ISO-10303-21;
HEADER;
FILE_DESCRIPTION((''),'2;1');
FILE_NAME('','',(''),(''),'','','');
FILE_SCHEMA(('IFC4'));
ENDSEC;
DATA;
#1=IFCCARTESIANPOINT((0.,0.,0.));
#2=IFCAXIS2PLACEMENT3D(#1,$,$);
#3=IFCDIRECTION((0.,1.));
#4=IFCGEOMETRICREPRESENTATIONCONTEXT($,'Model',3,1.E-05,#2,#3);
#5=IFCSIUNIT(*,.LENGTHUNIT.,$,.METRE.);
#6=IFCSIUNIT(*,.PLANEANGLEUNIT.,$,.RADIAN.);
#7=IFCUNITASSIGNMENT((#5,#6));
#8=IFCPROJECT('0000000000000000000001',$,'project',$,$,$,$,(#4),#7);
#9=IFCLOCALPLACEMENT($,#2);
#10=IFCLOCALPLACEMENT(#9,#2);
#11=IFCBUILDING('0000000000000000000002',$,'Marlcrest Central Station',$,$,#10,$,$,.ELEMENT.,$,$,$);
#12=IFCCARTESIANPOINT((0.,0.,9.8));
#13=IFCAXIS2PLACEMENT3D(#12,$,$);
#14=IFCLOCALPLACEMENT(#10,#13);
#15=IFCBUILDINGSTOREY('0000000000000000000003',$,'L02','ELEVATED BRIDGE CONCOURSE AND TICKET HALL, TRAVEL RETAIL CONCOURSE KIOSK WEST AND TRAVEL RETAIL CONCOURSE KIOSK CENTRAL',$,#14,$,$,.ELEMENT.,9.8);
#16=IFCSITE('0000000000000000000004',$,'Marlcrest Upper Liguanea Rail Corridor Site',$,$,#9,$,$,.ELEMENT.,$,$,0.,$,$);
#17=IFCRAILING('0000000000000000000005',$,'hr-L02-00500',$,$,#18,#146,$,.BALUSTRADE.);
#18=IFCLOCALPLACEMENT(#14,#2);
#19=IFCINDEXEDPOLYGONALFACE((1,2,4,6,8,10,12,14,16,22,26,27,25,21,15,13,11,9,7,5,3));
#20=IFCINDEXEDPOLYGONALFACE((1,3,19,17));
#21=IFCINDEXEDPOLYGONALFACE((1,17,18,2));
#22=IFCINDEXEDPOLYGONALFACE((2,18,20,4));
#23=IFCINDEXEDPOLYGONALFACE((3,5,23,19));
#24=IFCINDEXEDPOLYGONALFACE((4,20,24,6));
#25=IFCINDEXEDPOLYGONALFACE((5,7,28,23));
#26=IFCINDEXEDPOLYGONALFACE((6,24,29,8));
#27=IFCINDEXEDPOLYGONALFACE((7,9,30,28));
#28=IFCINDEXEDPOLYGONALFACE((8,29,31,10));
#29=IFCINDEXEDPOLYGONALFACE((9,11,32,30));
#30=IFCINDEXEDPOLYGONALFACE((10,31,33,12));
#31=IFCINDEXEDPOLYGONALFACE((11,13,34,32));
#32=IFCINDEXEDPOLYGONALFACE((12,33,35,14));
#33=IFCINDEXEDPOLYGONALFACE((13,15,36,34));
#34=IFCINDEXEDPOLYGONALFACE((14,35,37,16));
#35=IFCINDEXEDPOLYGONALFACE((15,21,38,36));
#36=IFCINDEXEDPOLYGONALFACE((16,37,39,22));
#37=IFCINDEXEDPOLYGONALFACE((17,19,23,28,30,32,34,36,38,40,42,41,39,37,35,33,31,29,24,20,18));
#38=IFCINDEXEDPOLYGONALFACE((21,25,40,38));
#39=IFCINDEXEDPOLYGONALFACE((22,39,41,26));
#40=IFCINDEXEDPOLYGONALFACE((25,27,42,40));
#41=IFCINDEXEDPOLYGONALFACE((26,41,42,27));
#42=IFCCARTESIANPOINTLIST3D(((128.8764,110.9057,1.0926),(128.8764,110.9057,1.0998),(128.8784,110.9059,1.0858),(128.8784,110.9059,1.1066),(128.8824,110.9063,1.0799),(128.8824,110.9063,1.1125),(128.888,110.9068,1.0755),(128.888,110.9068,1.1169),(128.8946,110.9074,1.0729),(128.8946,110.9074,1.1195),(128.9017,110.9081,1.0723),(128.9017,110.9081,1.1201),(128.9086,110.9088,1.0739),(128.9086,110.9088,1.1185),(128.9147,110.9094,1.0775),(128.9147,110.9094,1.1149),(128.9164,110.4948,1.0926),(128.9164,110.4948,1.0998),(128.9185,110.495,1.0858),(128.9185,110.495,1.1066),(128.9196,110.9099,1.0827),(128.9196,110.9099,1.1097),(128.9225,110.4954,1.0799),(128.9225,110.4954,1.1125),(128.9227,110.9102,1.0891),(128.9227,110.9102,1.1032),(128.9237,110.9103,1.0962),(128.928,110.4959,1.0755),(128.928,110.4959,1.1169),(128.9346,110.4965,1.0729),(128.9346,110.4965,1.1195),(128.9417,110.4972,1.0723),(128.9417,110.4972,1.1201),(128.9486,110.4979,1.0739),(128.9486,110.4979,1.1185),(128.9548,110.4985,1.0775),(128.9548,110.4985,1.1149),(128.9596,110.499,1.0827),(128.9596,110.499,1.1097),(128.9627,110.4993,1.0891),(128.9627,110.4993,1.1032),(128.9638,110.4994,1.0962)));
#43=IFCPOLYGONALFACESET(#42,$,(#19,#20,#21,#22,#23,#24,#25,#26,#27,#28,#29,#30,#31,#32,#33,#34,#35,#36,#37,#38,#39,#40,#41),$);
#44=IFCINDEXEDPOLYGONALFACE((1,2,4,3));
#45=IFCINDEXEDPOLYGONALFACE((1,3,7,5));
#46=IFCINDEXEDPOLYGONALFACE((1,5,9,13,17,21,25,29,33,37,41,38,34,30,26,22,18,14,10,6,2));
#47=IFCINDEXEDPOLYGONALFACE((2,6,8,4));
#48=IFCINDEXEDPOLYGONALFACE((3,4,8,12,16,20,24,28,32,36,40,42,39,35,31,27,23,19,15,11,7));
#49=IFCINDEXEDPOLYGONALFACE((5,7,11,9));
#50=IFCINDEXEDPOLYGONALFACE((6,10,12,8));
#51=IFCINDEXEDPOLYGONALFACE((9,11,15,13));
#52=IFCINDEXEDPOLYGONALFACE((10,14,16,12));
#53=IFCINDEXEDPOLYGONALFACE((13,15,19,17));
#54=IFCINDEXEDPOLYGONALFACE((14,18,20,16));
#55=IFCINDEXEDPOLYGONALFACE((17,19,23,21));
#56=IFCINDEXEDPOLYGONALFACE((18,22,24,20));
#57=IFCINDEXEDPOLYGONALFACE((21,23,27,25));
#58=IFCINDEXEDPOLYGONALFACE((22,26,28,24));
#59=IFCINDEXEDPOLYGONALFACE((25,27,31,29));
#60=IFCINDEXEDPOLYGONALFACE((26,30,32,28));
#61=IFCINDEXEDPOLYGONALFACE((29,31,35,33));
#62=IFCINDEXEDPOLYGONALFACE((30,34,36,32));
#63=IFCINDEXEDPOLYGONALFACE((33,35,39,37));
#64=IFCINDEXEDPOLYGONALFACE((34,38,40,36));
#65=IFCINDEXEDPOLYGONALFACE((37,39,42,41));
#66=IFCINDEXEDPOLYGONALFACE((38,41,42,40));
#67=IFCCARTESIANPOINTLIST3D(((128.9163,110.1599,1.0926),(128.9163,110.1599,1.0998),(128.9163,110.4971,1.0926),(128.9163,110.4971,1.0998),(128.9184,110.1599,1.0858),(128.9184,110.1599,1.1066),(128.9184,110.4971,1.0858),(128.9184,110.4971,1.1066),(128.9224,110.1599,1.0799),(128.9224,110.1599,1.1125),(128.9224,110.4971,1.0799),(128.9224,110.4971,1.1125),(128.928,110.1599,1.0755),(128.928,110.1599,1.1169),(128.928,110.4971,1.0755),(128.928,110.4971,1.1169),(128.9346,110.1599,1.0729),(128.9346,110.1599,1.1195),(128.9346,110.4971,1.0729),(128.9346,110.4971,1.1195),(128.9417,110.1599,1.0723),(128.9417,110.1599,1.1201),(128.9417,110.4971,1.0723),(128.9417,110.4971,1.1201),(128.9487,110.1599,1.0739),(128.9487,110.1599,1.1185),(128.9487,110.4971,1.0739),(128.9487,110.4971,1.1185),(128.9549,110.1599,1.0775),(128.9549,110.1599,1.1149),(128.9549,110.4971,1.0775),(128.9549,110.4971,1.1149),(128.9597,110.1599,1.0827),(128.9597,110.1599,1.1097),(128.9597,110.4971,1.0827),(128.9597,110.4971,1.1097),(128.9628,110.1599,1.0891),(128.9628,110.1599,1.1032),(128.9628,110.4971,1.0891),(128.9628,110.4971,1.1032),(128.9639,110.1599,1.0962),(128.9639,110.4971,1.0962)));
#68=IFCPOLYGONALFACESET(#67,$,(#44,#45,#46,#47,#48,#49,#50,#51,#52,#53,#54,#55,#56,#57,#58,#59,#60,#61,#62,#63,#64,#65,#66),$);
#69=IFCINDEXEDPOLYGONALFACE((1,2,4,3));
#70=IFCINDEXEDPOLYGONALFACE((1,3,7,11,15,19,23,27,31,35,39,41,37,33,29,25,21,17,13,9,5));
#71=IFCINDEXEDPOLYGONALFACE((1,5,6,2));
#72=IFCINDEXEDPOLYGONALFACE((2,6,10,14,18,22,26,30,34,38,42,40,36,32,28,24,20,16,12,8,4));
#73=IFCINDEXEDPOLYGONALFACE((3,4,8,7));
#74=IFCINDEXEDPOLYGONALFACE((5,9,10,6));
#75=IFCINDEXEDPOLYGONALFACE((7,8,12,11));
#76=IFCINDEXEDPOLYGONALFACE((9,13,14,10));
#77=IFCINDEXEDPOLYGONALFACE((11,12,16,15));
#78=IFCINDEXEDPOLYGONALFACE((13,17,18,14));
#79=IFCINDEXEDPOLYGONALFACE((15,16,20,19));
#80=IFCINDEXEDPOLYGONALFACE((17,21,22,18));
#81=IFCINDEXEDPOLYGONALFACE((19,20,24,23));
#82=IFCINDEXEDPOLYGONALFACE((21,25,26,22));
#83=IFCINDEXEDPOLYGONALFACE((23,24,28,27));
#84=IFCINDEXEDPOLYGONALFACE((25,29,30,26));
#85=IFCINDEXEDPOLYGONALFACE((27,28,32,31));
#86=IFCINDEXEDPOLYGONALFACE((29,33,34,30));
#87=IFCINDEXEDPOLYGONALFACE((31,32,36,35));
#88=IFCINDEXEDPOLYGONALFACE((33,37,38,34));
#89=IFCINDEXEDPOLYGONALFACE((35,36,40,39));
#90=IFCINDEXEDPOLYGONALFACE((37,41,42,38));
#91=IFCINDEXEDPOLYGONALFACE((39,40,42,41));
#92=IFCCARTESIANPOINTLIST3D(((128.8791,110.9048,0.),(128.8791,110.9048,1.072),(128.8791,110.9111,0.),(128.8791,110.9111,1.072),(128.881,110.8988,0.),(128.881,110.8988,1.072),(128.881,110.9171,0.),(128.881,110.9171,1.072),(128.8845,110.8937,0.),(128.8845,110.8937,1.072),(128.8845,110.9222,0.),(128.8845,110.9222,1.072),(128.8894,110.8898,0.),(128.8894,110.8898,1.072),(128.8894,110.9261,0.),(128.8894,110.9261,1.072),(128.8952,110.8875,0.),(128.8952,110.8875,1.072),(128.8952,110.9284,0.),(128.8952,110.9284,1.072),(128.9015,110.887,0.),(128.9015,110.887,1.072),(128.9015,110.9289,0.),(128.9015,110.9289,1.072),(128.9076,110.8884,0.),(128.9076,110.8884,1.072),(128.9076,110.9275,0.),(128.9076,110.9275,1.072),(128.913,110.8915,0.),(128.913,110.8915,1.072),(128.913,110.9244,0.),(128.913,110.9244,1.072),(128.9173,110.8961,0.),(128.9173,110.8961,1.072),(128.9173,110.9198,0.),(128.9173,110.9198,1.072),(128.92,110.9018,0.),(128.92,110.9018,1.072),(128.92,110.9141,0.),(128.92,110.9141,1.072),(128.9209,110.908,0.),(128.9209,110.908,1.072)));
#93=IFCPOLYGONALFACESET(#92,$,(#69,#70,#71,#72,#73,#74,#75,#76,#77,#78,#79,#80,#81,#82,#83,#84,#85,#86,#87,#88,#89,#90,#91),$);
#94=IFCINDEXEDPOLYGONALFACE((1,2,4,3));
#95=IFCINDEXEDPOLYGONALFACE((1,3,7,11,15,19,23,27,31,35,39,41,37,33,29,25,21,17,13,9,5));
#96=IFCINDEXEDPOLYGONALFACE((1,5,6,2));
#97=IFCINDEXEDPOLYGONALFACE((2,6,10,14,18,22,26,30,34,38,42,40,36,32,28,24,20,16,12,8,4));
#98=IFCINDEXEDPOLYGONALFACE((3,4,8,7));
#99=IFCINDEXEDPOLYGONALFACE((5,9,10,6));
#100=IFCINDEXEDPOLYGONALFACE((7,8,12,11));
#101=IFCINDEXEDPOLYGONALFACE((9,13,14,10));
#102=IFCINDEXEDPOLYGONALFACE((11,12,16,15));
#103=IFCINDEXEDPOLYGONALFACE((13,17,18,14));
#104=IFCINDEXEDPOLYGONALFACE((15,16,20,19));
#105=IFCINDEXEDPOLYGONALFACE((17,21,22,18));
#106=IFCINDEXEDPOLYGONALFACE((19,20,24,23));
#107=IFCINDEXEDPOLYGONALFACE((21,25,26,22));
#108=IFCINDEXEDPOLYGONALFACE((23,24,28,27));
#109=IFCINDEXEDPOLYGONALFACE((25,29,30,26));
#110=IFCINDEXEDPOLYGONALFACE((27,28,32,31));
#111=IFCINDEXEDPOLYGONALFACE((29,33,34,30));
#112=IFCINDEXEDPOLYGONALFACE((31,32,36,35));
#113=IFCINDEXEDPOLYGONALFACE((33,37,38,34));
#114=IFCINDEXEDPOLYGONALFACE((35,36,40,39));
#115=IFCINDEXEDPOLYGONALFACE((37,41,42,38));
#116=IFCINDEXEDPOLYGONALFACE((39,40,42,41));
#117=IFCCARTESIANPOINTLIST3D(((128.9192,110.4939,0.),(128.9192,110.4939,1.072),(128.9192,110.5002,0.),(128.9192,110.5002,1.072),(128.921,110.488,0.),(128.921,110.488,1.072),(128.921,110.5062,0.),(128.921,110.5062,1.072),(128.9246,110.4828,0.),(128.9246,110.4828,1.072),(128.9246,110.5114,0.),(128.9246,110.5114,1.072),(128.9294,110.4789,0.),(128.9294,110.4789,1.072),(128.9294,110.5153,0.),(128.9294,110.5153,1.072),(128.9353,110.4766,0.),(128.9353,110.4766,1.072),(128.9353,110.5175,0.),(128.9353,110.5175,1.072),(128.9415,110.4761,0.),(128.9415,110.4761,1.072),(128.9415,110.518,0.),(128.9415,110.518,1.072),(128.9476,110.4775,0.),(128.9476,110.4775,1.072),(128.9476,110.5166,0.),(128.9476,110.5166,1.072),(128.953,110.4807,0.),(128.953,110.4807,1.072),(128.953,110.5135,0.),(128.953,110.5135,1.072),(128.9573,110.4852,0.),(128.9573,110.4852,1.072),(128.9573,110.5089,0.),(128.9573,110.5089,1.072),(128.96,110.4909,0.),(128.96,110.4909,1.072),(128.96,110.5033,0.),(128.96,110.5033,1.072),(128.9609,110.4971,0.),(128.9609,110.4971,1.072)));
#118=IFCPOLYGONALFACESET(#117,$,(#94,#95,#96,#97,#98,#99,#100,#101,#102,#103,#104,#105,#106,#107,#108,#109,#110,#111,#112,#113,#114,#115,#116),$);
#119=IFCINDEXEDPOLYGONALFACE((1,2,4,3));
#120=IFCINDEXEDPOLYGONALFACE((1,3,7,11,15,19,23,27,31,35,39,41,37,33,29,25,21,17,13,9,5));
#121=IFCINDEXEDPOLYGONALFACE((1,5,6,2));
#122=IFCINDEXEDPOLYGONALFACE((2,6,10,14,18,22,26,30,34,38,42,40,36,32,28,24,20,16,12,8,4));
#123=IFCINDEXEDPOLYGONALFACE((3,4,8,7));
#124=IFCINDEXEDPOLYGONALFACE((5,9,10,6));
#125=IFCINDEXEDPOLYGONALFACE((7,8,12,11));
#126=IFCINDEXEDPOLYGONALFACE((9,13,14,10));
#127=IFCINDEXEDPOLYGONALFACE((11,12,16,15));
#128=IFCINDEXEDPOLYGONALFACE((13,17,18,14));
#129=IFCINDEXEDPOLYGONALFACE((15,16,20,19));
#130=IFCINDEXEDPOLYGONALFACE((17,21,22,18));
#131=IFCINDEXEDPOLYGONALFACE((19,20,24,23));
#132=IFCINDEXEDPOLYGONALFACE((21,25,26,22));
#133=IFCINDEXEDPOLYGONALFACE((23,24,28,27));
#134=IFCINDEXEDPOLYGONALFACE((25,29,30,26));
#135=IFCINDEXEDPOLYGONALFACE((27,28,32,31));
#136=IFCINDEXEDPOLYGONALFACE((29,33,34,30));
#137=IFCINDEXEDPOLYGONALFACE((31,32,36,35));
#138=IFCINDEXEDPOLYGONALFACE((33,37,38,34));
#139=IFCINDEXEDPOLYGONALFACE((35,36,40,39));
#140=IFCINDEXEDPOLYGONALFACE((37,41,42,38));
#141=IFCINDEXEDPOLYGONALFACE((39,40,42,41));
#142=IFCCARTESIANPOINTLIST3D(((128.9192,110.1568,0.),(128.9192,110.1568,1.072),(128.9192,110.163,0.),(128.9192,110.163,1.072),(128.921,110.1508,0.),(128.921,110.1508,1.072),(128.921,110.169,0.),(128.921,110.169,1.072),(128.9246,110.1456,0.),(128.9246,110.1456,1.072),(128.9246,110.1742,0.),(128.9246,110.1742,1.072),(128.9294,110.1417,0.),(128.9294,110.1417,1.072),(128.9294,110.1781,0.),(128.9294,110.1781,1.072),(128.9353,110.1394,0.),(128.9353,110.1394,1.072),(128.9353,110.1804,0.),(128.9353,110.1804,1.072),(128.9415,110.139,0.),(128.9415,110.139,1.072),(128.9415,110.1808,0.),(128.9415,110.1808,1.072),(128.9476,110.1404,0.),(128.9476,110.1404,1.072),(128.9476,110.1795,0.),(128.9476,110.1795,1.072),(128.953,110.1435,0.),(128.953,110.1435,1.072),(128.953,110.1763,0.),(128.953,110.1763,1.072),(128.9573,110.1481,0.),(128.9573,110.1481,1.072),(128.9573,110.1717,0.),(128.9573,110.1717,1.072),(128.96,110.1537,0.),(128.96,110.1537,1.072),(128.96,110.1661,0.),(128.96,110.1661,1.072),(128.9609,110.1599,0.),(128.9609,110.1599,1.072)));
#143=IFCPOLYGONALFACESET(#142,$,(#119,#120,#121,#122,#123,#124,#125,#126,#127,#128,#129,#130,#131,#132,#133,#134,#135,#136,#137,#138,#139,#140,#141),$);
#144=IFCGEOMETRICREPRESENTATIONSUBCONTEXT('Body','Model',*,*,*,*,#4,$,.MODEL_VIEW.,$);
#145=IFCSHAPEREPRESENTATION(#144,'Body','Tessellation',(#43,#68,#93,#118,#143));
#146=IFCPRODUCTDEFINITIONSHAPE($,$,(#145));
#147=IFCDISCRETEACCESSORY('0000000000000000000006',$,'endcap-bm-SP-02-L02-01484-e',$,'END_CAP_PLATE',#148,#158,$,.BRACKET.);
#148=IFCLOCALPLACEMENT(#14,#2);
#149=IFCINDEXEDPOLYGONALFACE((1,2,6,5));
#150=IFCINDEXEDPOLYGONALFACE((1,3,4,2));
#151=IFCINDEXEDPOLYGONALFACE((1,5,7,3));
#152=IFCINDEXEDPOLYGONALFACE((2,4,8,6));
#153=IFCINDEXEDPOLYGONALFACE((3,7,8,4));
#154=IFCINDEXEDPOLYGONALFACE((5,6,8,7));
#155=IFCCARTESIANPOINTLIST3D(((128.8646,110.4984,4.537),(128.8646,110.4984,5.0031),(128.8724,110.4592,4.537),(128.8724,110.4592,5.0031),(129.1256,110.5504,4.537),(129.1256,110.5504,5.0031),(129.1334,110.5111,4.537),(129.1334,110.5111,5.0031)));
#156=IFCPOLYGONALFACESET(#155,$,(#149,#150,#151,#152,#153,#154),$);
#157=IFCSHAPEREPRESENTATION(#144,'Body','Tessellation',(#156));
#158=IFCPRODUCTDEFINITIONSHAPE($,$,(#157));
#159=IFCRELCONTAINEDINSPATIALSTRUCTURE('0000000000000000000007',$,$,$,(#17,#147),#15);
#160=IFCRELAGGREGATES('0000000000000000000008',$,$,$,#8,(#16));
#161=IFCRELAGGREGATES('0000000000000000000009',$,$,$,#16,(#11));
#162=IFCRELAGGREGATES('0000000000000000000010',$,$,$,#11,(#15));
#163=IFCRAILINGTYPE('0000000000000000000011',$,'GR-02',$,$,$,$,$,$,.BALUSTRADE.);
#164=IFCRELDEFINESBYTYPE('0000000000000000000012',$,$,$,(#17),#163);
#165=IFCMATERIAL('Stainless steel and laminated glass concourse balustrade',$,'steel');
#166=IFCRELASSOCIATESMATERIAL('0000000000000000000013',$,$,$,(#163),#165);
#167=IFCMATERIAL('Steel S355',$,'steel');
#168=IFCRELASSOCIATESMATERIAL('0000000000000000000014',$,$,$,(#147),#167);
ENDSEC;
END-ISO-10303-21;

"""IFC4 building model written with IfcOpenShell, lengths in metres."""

from ifc_helpers import new_model, si_unit, direction, frame, origin, origin_2d, place, context, subcontext, project, spatial, rectangle, circle, extrude, material, type_object, element, save


model = new_model("IFC4")

# Units and contexts
model_context = context("Model", 3, precision=1e-05, world=origin(), true_north=direction((0.0, 1.0)))
body_context = subcontext(model_context, "Body", "Model", "MODEL_VIEW")
ifc_project = project(units=[si_unit("LENGTHUNIT", "METRE"), si_unit("PLANEANGLEUNIT", "RADIAN")], contexts=[model_context])

# Site, building, storey
site_placement = place(None, origin())
site = spatial("IfcSite", under=ifc_project, at=site_placement, Name="Marlcrest Upper Liguanea Rail Corridor Site", CompositionType="ELEMENT", RefElevation=0.0)
building_placement = place(site_placement, origin())
building = spatial("IfcBuilding", under=site, at=building_placement, Name="Marlcrest Central Station", CompositionType="ELEMENT")
storey_placement = place(building_placement, frame((0.0, 0.0, 9.8)))
storey = spatial("IfcBuildingStorey", under=building, at=storey_placement, Name="L02", Description="ELEVATED BRIDGE CONCOURSE AND TICKET HALL, TRAVEL RETAIL CONCOURSE KIOSK WEST AND TRAVEL RETAIL CONCOURSE KIOSK CENTRAL", CompositionType="ELEMENT", Elevation=9.8)

# Shared definitions
ifc_material_1 = material(Name="Steel S355", Category="steel")

# Railing
ifc_material_2 = material(Name="Stainless steel and laminated glass concourse balustrade", Category="steel")
railing_type = type_object("IfcRailingType", Name="GR-02", PredefinedType="BALUSTRADE", material=ifc_material_2)
railing_1_placement = place(storey_placement, frame((128.8999, 110.908, 0.0)))
element("IfcRailing", 1, at=railing_1_placement, inside=storey, type_object=railing_type, Name="hr-L02-00500", PredefinedType="BALUSTRADE", context=body_context, shape_type="SweptSolid", body=[
    extrude(circle(Radius=0.0239, at=origin_2d()), frame((0.0, 0.0, 1.0962), z_axis=(0.096986, -0.995286, 0.0), x_axis=(0.995286, 0.096986, 0.0)), (0.0, 0.0, 1.0), 0.4128),
    extrude(circle(Radius=0.0239, at=origin_2d()), frame((0.04, -0.4109, 1.0962), z_axis=(0.0, -1.0, 0.0), x_axis=(1.0, 0.0, 0.0)), (0.0, 0.0, 1.0), 0.3372),
    extrude(circle(Radius=0.021, at=origin_2d()), origin(), (0.0, 0.0, 1.0), 1.072),
    extrude(circle(Radius=0.021, at=origin_2d()), frame((0.04, -0.4109, 0.0)), (0.0, 0.0, 1.0), 1.072),
    extrude(circle(Radius=0.021, at=origin_2d()), frame((0.04, -0.748, 0.0)), (0.0, 0.0, 1.0), 1.072),
])

# Discrete accessory
discrete_accessory_placement = place(storey_placement, frame((128.9951, 110.5244, 4.77), z_axis=(0.195171, -0.980769, 0.0), x_axis=(0.980769, 0.195171, 0.0)))
element("IfcDiscreteAccessory", 2, at=discrete_accessory_placement, inside=storey, material=ifc_material_1, Name="endcap-bm-SP-02-L02-01484-e", ObjectType="END_CAP_PLATE", PredefinedType="BRACKET", context=body_context, shape_type="SweptSolid", body=[
    extrude(rectangle(XDim=0.2661, YDim=0.4661, at=origin_2d()), origin(), (0.0, 0.0, 1.0), 0.04),
])

save(model, "model.ifc")
